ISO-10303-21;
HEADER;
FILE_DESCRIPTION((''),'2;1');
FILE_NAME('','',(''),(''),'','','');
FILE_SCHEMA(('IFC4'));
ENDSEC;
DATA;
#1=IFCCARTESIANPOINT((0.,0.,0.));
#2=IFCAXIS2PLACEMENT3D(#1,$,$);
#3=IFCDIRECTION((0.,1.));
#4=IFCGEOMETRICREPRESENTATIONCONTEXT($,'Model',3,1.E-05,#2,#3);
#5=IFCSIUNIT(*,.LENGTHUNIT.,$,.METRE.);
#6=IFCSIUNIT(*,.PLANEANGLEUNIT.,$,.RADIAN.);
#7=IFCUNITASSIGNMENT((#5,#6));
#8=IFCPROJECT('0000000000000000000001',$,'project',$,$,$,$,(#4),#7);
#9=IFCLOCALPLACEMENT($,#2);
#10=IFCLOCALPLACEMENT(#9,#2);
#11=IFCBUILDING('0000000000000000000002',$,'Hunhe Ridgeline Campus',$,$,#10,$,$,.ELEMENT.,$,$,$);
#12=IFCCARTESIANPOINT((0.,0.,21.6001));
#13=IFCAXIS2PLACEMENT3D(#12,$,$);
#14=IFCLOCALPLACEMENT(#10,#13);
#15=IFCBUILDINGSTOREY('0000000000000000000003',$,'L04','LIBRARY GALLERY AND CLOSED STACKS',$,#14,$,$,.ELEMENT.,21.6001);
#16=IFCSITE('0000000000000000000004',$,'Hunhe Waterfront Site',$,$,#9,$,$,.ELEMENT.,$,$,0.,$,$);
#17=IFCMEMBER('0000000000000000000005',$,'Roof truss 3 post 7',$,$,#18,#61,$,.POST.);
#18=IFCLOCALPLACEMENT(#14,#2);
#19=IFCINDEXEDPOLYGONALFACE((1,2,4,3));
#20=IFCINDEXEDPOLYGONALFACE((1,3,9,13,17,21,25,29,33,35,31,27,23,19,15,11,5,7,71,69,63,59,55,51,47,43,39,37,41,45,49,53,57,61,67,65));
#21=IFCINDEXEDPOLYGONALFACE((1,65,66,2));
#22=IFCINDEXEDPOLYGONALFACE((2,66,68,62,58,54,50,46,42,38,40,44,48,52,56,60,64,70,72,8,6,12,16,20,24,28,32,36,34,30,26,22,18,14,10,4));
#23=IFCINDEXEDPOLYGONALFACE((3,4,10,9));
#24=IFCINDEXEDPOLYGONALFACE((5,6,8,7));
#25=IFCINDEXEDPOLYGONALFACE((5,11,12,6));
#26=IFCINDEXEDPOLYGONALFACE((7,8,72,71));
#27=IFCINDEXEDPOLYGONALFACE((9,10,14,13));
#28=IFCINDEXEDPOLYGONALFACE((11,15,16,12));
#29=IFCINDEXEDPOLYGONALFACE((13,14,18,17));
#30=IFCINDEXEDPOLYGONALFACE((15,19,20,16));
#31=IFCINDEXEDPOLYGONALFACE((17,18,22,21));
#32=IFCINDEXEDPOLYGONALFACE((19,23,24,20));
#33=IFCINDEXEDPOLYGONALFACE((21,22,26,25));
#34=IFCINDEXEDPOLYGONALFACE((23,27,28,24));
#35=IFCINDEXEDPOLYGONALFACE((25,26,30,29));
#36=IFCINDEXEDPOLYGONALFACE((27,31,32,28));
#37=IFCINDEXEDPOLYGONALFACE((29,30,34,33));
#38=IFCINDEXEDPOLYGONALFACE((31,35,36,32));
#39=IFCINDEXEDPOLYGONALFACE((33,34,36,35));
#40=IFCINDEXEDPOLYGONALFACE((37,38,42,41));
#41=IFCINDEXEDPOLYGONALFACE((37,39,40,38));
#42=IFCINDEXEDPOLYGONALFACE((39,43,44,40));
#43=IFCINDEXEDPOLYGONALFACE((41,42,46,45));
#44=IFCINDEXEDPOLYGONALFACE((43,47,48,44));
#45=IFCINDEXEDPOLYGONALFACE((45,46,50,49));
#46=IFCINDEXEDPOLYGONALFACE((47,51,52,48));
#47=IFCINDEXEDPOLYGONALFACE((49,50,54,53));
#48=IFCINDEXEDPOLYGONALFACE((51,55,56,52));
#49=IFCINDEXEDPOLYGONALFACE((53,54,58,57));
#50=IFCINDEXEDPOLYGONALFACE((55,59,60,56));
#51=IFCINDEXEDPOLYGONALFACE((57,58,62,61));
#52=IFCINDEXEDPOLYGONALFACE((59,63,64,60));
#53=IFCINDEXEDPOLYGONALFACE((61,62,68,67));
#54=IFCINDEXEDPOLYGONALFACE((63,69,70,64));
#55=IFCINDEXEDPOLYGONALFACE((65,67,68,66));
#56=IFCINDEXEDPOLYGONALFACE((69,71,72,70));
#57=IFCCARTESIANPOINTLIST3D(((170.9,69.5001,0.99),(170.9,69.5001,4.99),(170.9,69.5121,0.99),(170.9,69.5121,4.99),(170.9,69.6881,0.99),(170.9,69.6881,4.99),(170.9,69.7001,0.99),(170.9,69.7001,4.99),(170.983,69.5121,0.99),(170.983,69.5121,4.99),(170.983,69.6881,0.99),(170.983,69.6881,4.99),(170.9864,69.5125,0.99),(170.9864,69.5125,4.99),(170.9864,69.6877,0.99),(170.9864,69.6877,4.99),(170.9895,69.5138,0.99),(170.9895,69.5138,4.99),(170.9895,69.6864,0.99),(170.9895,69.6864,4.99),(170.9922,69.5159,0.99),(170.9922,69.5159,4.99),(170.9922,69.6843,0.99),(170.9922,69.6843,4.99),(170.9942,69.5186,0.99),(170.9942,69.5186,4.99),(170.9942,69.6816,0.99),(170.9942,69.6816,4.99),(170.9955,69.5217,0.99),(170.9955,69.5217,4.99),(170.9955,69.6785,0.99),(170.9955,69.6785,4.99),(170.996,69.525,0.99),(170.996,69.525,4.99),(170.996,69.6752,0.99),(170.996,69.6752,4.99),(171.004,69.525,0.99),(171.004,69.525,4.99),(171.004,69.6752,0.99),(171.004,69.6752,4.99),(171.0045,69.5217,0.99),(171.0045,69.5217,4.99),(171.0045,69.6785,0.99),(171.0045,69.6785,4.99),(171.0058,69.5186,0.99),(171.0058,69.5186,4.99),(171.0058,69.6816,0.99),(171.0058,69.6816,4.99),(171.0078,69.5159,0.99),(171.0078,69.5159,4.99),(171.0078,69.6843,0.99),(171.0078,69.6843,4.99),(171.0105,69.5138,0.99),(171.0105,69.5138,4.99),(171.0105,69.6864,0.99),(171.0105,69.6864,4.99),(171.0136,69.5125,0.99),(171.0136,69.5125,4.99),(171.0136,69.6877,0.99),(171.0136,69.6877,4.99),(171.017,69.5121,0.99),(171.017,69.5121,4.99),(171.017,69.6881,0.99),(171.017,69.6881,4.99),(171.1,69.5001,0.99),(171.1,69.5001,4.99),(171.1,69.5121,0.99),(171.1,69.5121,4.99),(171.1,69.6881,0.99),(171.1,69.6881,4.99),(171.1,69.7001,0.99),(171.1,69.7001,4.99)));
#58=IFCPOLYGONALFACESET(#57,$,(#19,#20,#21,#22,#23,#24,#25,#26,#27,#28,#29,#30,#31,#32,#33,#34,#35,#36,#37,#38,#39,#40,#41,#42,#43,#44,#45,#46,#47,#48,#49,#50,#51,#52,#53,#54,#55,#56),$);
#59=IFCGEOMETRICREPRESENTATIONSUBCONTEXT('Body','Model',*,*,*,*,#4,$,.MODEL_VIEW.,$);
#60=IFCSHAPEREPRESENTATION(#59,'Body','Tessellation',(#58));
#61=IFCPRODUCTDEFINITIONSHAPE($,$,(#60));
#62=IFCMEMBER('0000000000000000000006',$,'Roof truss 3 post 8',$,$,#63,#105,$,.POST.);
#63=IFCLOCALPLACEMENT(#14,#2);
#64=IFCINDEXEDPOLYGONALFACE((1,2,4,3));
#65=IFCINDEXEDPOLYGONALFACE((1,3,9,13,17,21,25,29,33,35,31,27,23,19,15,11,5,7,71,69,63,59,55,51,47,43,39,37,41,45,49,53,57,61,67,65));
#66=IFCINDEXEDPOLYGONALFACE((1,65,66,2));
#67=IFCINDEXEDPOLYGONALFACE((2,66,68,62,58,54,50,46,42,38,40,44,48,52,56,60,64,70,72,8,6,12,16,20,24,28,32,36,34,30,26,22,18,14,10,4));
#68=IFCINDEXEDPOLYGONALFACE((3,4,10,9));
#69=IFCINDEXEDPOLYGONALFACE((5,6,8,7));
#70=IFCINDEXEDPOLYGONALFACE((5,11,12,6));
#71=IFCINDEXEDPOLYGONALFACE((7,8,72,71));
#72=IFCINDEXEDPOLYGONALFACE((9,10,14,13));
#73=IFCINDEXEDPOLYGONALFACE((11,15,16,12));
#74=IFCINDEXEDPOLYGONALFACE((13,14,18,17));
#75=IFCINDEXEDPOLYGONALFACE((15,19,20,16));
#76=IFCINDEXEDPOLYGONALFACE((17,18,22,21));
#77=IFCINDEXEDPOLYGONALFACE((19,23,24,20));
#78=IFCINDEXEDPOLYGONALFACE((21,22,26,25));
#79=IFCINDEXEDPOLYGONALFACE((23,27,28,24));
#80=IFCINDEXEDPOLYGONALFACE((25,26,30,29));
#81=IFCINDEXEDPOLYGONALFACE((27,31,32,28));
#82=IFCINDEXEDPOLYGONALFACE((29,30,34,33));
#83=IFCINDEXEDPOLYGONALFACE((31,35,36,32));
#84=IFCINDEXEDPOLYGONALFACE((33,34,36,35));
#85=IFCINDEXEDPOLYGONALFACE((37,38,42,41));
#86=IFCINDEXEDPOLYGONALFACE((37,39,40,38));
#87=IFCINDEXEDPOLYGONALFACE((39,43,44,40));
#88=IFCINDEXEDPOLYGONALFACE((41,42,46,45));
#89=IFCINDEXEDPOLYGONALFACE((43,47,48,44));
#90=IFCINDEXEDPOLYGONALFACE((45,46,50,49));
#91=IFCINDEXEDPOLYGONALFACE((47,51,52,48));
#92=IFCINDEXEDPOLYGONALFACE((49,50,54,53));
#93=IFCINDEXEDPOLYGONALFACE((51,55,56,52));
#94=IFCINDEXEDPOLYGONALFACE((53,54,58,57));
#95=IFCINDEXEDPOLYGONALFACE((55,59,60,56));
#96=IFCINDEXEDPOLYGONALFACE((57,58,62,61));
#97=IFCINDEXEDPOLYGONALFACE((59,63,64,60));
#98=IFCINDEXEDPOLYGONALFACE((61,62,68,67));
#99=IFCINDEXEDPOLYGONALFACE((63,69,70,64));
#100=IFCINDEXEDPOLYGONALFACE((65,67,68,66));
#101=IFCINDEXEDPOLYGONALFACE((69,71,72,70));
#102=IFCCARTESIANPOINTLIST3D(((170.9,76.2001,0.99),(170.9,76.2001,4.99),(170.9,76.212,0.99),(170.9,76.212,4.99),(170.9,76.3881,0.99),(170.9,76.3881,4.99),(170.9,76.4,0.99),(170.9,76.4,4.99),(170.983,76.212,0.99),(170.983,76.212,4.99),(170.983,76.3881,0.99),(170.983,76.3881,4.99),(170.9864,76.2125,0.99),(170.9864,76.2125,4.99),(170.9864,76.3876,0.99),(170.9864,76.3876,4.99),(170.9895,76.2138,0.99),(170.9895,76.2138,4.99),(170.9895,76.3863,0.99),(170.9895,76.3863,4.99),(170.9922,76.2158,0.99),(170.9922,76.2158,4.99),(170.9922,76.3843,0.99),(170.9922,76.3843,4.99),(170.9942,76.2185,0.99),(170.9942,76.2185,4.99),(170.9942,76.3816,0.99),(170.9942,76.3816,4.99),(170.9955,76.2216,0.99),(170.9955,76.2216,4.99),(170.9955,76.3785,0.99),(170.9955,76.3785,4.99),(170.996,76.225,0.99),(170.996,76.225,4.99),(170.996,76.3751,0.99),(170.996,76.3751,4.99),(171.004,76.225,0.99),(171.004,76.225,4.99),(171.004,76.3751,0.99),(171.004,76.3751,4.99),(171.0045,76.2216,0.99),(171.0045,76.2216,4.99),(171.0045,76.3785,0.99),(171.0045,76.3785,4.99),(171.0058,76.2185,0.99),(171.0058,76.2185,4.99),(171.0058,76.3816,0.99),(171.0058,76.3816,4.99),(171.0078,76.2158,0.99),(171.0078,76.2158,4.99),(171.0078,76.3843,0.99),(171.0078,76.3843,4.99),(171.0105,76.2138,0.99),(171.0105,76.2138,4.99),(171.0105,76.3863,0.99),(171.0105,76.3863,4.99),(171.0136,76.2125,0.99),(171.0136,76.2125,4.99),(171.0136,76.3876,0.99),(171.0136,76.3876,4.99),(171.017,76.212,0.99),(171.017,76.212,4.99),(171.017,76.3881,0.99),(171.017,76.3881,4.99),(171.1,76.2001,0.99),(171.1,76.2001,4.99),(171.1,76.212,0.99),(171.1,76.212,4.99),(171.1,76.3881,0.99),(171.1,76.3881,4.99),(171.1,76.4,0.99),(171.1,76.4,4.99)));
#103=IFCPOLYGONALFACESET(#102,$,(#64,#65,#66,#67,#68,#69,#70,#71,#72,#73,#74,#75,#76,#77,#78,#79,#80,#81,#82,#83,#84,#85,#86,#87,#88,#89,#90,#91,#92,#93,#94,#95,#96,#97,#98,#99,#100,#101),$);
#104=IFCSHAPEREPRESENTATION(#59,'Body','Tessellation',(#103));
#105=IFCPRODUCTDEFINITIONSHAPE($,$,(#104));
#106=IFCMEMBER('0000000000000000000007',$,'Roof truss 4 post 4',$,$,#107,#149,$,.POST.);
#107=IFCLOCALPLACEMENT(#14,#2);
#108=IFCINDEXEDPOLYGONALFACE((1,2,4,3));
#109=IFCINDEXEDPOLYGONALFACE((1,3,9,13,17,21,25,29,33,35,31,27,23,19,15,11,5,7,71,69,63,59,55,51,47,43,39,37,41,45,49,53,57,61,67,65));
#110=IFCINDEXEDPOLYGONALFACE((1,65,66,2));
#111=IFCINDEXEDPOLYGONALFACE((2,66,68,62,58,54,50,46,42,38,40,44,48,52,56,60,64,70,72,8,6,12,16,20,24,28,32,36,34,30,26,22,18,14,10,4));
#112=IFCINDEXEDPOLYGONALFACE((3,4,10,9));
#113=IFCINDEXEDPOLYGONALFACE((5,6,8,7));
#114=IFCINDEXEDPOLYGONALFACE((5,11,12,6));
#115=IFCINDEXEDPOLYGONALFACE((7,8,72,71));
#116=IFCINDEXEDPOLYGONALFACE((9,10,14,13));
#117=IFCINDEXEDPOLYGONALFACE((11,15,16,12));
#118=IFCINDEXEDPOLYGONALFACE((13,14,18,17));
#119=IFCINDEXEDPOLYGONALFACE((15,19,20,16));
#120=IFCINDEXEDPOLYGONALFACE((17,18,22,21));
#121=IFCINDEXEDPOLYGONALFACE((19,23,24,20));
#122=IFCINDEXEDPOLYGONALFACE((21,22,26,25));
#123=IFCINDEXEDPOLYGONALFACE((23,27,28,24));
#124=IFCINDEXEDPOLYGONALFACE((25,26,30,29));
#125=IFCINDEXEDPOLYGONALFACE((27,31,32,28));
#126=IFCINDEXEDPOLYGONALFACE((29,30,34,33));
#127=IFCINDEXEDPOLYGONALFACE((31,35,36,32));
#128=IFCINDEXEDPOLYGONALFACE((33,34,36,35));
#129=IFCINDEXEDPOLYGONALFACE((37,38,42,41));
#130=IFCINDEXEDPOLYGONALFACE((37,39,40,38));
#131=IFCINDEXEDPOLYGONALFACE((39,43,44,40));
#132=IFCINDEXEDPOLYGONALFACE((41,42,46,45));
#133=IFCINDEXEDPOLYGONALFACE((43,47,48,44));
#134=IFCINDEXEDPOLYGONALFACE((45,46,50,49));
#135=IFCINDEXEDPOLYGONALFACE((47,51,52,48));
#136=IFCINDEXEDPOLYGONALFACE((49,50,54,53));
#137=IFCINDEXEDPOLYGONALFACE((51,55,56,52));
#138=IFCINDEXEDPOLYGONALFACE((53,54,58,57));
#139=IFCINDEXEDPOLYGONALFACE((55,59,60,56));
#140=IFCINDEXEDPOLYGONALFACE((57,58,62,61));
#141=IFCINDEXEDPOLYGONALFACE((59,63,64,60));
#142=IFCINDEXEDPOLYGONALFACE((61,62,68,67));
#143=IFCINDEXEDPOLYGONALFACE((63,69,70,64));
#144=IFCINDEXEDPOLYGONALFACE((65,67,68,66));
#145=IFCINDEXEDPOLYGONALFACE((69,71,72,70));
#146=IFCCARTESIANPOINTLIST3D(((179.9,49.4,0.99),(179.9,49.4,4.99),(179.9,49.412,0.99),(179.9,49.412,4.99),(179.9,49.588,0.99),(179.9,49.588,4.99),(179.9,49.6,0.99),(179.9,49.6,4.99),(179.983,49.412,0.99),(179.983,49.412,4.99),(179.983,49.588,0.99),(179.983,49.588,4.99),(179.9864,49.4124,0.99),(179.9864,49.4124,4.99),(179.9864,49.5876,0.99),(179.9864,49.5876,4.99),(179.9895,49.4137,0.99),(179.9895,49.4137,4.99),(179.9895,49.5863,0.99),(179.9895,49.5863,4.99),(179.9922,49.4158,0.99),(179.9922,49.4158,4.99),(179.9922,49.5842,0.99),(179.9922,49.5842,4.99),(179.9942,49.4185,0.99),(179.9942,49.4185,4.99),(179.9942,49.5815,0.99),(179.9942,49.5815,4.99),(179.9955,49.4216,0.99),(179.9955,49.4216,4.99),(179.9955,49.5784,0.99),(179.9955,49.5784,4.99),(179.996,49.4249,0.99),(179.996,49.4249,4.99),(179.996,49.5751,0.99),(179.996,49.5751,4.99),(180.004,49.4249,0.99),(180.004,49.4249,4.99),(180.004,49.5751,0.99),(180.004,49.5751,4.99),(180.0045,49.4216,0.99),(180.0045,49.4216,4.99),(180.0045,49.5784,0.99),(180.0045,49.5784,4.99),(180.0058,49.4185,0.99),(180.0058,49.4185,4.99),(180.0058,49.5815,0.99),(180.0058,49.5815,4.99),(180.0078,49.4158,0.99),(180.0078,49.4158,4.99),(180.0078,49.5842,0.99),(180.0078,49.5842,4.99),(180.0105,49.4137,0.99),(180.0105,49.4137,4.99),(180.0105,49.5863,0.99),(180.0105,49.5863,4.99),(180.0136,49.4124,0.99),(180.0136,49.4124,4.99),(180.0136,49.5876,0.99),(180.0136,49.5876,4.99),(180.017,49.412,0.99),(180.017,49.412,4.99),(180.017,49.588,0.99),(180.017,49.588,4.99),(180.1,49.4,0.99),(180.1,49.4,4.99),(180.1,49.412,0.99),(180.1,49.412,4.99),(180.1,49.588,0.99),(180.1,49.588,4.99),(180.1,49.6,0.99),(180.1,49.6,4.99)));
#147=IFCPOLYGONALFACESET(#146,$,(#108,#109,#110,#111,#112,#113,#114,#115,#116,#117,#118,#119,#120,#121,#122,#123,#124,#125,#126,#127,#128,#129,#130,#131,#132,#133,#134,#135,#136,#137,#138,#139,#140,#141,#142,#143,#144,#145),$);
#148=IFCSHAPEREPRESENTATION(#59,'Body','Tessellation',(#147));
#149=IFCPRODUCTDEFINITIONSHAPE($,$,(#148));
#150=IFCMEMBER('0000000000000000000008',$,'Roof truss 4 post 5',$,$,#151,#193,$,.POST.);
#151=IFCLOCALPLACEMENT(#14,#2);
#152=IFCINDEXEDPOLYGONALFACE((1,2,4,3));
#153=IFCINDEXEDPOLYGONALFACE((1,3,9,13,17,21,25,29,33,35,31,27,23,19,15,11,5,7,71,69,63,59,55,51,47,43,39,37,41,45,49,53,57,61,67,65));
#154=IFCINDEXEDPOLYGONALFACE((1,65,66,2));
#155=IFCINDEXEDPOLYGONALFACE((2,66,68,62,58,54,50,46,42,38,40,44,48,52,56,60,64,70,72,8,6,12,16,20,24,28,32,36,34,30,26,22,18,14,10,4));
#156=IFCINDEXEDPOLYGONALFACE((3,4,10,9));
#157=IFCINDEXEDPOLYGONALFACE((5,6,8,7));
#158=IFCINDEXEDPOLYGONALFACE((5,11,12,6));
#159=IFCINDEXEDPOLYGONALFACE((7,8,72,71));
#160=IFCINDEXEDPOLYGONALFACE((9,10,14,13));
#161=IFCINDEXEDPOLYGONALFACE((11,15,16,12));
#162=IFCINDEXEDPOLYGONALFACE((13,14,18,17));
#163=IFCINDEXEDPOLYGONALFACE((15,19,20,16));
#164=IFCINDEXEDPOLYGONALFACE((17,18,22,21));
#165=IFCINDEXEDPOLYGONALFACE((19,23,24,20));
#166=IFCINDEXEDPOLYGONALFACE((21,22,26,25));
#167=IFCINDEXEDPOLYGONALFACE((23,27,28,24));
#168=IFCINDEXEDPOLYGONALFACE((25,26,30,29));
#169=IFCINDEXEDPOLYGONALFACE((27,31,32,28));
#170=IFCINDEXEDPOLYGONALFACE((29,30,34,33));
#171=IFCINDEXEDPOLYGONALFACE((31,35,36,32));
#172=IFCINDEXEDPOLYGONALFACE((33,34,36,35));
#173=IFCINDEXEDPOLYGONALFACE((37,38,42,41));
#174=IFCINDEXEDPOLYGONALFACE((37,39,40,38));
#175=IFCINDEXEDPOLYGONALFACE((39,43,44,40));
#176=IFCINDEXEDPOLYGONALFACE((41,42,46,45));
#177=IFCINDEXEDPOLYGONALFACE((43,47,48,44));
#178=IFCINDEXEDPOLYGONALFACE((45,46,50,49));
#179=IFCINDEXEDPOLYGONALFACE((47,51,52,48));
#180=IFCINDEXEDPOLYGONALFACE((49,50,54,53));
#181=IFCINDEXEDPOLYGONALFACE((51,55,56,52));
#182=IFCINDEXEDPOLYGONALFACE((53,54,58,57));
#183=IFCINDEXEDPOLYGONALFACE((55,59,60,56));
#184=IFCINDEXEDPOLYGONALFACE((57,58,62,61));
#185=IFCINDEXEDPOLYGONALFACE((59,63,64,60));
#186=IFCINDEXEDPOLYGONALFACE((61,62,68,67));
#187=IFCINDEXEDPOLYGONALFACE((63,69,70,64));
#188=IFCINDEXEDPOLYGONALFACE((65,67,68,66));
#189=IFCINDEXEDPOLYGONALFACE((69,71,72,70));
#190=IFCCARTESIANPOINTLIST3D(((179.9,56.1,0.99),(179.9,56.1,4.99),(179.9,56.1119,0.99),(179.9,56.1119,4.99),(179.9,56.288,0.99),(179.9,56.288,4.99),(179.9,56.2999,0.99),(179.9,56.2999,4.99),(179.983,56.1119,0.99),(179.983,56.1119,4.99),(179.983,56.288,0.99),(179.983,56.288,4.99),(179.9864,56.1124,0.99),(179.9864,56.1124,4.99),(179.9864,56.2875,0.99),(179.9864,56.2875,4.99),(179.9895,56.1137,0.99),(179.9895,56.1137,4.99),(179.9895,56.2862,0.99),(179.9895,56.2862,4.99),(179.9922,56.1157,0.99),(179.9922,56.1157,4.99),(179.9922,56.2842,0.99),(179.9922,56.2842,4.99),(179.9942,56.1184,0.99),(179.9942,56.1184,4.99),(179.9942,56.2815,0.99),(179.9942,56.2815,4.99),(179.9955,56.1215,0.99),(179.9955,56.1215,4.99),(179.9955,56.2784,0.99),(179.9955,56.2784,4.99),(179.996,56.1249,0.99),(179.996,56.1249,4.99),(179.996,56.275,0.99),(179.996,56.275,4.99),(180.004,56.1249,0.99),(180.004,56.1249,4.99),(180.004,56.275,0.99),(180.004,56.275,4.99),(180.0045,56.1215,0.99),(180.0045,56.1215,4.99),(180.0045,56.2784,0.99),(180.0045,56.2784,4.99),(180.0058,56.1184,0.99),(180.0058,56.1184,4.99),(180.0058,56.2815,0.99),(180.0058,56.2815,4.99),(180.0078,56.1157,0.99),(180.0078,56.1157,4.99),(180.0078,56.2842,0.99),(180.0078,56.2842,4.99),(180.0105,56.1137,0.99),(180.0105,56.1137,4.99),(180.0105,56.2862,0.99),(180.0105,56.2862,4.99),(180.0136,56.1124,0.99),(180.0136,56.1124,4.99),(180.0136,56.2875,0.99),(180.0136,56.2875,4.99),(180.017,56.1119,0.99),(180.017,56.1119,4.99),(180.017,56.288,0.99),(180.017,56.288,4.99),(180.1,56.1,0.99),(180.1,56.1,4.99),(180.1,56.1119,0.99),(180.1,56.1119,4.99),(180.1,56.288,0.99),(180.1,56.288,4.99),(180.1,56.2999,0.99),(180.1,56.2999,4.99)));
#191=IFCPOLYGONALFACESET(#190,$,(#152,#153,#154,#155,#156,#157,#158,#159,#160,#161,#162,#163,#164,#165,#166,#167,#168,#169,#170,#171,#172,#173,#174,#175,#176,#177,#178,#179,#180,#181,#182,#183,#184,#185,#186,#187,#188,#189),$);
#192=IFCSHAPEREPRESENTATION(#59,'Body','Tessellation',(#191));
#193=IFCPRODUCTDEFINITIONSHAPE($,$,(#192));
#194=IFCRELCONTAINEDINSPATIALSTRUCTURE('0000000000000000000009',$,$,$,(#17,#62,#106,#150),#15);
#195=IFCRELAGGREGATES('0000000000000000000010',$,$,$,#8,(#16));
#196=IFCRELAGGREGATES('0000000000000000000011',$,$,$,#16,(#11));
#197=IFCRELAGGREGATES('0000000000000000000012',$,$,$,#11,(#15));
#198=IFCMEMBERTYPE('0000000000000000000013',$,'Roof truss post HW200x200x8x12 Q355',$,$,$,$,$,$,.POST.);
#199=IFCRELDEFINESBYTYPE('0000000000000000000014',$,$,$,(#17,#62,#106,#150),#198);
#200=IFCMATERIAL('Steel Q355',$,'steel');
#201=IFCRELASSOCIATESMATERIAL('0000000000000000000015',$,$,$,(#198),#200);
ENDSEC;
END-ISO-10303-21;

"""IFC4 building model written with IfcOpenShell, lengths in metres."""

from ifc_helpers import new_model, si_unit, direction, frame, origin, origin_2d, place, context, subcontext, project, spatial, i_section, extrude, material, material_profile, profile_set, type_object, element, save


model = new_model("IFC4")

# Units and contexts
model_context = context("Model", 3, precision=1e-05, world=origin(), true_north=direction((0.0, 1.0)))
body_context = subcontext(model_context, "Body", "Model", "MODEL_VIEW")
ifc_project = project(units=[si_unit("LENGTHUNIT", "METRE"), si_unit("PLANEANGLEUNIT", "RADIAN")], contexts=[model_context])

# Site, building, storey
site_placement = place(None, origin())
site = spatial("IfcSite", under=ifc_project, at=site_placement, Name="Hunhe Waterfront Site", CompositionType="ELEMENT", RefElevation=0.0)
building_placement = place(site_placement, origin())
building = spatial("IfcBuilding", under=site, at=building_placement, Name="Hunhe Ridgeline Campus", CompositionType="ELEMENT")
storey_placement = place(building_placement, frame((0.0, 0.0, 21.6001)))
storey = spatial("IfcBuildingStorey", under=building, at=storey_placement, Name="L04", Description="LIBRARY GALLERY AND CLOSED STACKS", CompositionType="ELEMENT", Elevation=21.6001)

# Members
ifc_material_1 = material(Name="Steel Q355", Category="steel")
ifc_material_profile_1 = material_profile(ifc_material_1, i_section(OverallWidth=0.2, OverallDepth=0.2, WebThickness=0.0081, FlangeThickness=0.012, FilletRadius=0.0129, at=origin_2d()))
ifc_profile_set_1 = profile_set([ifc_material_profile_1], Name="Steel Q355")
member_type_1 = type_object("IfcMemberType", Name="Roof truss post HW200x200x8x12 Q355", PredefinedType="POST", material=ifc_profile_set_1)
for number, where, z_axis, x_axis, name in (
    (1, (171.0, 69.6001, 0.99), (0.0, 0.0, 1.0), (1.0, 0.0, 0.0), "Roof truss 3 post 7"),
    (2, (171.0, 76.3, 0.99), (0.0, 0.0, 1.0), (1.0, 0.0, 0.0), "Roof truss 3 post 8"),
    (3, (180.0, 49.5, 0.99), (0.0, 0.0, 1.0), (1.0, 0.0, 0.0), "Roof truss 4 post 4"),
    (4, (180.0, 56.2, 0.99), (0.0, 0.0, 1.0), (1.0, 0.0, 0.0), "Roof truss 4 post 5"),
):
    element("IfcMember", number, at=place(storey_placement, frame(where, z_axis=z_axis, x_axis=x_axis)), inside=storey, type_object=member_type_1, Name=name, PredefinedType="POST", context=body_context, shape_type="SweptSolid", body=[
        extrude(i_section(OverallWidth=0.2, OverallDepth=0.2, WebThickness=0.0081, FlangeThickness=0.012, FilletRadius=0.0129, at=origin_2d()), origin(), (0.0, 0.0, 1.0), 4.0),
    ])

save(model, "model.ifc")
